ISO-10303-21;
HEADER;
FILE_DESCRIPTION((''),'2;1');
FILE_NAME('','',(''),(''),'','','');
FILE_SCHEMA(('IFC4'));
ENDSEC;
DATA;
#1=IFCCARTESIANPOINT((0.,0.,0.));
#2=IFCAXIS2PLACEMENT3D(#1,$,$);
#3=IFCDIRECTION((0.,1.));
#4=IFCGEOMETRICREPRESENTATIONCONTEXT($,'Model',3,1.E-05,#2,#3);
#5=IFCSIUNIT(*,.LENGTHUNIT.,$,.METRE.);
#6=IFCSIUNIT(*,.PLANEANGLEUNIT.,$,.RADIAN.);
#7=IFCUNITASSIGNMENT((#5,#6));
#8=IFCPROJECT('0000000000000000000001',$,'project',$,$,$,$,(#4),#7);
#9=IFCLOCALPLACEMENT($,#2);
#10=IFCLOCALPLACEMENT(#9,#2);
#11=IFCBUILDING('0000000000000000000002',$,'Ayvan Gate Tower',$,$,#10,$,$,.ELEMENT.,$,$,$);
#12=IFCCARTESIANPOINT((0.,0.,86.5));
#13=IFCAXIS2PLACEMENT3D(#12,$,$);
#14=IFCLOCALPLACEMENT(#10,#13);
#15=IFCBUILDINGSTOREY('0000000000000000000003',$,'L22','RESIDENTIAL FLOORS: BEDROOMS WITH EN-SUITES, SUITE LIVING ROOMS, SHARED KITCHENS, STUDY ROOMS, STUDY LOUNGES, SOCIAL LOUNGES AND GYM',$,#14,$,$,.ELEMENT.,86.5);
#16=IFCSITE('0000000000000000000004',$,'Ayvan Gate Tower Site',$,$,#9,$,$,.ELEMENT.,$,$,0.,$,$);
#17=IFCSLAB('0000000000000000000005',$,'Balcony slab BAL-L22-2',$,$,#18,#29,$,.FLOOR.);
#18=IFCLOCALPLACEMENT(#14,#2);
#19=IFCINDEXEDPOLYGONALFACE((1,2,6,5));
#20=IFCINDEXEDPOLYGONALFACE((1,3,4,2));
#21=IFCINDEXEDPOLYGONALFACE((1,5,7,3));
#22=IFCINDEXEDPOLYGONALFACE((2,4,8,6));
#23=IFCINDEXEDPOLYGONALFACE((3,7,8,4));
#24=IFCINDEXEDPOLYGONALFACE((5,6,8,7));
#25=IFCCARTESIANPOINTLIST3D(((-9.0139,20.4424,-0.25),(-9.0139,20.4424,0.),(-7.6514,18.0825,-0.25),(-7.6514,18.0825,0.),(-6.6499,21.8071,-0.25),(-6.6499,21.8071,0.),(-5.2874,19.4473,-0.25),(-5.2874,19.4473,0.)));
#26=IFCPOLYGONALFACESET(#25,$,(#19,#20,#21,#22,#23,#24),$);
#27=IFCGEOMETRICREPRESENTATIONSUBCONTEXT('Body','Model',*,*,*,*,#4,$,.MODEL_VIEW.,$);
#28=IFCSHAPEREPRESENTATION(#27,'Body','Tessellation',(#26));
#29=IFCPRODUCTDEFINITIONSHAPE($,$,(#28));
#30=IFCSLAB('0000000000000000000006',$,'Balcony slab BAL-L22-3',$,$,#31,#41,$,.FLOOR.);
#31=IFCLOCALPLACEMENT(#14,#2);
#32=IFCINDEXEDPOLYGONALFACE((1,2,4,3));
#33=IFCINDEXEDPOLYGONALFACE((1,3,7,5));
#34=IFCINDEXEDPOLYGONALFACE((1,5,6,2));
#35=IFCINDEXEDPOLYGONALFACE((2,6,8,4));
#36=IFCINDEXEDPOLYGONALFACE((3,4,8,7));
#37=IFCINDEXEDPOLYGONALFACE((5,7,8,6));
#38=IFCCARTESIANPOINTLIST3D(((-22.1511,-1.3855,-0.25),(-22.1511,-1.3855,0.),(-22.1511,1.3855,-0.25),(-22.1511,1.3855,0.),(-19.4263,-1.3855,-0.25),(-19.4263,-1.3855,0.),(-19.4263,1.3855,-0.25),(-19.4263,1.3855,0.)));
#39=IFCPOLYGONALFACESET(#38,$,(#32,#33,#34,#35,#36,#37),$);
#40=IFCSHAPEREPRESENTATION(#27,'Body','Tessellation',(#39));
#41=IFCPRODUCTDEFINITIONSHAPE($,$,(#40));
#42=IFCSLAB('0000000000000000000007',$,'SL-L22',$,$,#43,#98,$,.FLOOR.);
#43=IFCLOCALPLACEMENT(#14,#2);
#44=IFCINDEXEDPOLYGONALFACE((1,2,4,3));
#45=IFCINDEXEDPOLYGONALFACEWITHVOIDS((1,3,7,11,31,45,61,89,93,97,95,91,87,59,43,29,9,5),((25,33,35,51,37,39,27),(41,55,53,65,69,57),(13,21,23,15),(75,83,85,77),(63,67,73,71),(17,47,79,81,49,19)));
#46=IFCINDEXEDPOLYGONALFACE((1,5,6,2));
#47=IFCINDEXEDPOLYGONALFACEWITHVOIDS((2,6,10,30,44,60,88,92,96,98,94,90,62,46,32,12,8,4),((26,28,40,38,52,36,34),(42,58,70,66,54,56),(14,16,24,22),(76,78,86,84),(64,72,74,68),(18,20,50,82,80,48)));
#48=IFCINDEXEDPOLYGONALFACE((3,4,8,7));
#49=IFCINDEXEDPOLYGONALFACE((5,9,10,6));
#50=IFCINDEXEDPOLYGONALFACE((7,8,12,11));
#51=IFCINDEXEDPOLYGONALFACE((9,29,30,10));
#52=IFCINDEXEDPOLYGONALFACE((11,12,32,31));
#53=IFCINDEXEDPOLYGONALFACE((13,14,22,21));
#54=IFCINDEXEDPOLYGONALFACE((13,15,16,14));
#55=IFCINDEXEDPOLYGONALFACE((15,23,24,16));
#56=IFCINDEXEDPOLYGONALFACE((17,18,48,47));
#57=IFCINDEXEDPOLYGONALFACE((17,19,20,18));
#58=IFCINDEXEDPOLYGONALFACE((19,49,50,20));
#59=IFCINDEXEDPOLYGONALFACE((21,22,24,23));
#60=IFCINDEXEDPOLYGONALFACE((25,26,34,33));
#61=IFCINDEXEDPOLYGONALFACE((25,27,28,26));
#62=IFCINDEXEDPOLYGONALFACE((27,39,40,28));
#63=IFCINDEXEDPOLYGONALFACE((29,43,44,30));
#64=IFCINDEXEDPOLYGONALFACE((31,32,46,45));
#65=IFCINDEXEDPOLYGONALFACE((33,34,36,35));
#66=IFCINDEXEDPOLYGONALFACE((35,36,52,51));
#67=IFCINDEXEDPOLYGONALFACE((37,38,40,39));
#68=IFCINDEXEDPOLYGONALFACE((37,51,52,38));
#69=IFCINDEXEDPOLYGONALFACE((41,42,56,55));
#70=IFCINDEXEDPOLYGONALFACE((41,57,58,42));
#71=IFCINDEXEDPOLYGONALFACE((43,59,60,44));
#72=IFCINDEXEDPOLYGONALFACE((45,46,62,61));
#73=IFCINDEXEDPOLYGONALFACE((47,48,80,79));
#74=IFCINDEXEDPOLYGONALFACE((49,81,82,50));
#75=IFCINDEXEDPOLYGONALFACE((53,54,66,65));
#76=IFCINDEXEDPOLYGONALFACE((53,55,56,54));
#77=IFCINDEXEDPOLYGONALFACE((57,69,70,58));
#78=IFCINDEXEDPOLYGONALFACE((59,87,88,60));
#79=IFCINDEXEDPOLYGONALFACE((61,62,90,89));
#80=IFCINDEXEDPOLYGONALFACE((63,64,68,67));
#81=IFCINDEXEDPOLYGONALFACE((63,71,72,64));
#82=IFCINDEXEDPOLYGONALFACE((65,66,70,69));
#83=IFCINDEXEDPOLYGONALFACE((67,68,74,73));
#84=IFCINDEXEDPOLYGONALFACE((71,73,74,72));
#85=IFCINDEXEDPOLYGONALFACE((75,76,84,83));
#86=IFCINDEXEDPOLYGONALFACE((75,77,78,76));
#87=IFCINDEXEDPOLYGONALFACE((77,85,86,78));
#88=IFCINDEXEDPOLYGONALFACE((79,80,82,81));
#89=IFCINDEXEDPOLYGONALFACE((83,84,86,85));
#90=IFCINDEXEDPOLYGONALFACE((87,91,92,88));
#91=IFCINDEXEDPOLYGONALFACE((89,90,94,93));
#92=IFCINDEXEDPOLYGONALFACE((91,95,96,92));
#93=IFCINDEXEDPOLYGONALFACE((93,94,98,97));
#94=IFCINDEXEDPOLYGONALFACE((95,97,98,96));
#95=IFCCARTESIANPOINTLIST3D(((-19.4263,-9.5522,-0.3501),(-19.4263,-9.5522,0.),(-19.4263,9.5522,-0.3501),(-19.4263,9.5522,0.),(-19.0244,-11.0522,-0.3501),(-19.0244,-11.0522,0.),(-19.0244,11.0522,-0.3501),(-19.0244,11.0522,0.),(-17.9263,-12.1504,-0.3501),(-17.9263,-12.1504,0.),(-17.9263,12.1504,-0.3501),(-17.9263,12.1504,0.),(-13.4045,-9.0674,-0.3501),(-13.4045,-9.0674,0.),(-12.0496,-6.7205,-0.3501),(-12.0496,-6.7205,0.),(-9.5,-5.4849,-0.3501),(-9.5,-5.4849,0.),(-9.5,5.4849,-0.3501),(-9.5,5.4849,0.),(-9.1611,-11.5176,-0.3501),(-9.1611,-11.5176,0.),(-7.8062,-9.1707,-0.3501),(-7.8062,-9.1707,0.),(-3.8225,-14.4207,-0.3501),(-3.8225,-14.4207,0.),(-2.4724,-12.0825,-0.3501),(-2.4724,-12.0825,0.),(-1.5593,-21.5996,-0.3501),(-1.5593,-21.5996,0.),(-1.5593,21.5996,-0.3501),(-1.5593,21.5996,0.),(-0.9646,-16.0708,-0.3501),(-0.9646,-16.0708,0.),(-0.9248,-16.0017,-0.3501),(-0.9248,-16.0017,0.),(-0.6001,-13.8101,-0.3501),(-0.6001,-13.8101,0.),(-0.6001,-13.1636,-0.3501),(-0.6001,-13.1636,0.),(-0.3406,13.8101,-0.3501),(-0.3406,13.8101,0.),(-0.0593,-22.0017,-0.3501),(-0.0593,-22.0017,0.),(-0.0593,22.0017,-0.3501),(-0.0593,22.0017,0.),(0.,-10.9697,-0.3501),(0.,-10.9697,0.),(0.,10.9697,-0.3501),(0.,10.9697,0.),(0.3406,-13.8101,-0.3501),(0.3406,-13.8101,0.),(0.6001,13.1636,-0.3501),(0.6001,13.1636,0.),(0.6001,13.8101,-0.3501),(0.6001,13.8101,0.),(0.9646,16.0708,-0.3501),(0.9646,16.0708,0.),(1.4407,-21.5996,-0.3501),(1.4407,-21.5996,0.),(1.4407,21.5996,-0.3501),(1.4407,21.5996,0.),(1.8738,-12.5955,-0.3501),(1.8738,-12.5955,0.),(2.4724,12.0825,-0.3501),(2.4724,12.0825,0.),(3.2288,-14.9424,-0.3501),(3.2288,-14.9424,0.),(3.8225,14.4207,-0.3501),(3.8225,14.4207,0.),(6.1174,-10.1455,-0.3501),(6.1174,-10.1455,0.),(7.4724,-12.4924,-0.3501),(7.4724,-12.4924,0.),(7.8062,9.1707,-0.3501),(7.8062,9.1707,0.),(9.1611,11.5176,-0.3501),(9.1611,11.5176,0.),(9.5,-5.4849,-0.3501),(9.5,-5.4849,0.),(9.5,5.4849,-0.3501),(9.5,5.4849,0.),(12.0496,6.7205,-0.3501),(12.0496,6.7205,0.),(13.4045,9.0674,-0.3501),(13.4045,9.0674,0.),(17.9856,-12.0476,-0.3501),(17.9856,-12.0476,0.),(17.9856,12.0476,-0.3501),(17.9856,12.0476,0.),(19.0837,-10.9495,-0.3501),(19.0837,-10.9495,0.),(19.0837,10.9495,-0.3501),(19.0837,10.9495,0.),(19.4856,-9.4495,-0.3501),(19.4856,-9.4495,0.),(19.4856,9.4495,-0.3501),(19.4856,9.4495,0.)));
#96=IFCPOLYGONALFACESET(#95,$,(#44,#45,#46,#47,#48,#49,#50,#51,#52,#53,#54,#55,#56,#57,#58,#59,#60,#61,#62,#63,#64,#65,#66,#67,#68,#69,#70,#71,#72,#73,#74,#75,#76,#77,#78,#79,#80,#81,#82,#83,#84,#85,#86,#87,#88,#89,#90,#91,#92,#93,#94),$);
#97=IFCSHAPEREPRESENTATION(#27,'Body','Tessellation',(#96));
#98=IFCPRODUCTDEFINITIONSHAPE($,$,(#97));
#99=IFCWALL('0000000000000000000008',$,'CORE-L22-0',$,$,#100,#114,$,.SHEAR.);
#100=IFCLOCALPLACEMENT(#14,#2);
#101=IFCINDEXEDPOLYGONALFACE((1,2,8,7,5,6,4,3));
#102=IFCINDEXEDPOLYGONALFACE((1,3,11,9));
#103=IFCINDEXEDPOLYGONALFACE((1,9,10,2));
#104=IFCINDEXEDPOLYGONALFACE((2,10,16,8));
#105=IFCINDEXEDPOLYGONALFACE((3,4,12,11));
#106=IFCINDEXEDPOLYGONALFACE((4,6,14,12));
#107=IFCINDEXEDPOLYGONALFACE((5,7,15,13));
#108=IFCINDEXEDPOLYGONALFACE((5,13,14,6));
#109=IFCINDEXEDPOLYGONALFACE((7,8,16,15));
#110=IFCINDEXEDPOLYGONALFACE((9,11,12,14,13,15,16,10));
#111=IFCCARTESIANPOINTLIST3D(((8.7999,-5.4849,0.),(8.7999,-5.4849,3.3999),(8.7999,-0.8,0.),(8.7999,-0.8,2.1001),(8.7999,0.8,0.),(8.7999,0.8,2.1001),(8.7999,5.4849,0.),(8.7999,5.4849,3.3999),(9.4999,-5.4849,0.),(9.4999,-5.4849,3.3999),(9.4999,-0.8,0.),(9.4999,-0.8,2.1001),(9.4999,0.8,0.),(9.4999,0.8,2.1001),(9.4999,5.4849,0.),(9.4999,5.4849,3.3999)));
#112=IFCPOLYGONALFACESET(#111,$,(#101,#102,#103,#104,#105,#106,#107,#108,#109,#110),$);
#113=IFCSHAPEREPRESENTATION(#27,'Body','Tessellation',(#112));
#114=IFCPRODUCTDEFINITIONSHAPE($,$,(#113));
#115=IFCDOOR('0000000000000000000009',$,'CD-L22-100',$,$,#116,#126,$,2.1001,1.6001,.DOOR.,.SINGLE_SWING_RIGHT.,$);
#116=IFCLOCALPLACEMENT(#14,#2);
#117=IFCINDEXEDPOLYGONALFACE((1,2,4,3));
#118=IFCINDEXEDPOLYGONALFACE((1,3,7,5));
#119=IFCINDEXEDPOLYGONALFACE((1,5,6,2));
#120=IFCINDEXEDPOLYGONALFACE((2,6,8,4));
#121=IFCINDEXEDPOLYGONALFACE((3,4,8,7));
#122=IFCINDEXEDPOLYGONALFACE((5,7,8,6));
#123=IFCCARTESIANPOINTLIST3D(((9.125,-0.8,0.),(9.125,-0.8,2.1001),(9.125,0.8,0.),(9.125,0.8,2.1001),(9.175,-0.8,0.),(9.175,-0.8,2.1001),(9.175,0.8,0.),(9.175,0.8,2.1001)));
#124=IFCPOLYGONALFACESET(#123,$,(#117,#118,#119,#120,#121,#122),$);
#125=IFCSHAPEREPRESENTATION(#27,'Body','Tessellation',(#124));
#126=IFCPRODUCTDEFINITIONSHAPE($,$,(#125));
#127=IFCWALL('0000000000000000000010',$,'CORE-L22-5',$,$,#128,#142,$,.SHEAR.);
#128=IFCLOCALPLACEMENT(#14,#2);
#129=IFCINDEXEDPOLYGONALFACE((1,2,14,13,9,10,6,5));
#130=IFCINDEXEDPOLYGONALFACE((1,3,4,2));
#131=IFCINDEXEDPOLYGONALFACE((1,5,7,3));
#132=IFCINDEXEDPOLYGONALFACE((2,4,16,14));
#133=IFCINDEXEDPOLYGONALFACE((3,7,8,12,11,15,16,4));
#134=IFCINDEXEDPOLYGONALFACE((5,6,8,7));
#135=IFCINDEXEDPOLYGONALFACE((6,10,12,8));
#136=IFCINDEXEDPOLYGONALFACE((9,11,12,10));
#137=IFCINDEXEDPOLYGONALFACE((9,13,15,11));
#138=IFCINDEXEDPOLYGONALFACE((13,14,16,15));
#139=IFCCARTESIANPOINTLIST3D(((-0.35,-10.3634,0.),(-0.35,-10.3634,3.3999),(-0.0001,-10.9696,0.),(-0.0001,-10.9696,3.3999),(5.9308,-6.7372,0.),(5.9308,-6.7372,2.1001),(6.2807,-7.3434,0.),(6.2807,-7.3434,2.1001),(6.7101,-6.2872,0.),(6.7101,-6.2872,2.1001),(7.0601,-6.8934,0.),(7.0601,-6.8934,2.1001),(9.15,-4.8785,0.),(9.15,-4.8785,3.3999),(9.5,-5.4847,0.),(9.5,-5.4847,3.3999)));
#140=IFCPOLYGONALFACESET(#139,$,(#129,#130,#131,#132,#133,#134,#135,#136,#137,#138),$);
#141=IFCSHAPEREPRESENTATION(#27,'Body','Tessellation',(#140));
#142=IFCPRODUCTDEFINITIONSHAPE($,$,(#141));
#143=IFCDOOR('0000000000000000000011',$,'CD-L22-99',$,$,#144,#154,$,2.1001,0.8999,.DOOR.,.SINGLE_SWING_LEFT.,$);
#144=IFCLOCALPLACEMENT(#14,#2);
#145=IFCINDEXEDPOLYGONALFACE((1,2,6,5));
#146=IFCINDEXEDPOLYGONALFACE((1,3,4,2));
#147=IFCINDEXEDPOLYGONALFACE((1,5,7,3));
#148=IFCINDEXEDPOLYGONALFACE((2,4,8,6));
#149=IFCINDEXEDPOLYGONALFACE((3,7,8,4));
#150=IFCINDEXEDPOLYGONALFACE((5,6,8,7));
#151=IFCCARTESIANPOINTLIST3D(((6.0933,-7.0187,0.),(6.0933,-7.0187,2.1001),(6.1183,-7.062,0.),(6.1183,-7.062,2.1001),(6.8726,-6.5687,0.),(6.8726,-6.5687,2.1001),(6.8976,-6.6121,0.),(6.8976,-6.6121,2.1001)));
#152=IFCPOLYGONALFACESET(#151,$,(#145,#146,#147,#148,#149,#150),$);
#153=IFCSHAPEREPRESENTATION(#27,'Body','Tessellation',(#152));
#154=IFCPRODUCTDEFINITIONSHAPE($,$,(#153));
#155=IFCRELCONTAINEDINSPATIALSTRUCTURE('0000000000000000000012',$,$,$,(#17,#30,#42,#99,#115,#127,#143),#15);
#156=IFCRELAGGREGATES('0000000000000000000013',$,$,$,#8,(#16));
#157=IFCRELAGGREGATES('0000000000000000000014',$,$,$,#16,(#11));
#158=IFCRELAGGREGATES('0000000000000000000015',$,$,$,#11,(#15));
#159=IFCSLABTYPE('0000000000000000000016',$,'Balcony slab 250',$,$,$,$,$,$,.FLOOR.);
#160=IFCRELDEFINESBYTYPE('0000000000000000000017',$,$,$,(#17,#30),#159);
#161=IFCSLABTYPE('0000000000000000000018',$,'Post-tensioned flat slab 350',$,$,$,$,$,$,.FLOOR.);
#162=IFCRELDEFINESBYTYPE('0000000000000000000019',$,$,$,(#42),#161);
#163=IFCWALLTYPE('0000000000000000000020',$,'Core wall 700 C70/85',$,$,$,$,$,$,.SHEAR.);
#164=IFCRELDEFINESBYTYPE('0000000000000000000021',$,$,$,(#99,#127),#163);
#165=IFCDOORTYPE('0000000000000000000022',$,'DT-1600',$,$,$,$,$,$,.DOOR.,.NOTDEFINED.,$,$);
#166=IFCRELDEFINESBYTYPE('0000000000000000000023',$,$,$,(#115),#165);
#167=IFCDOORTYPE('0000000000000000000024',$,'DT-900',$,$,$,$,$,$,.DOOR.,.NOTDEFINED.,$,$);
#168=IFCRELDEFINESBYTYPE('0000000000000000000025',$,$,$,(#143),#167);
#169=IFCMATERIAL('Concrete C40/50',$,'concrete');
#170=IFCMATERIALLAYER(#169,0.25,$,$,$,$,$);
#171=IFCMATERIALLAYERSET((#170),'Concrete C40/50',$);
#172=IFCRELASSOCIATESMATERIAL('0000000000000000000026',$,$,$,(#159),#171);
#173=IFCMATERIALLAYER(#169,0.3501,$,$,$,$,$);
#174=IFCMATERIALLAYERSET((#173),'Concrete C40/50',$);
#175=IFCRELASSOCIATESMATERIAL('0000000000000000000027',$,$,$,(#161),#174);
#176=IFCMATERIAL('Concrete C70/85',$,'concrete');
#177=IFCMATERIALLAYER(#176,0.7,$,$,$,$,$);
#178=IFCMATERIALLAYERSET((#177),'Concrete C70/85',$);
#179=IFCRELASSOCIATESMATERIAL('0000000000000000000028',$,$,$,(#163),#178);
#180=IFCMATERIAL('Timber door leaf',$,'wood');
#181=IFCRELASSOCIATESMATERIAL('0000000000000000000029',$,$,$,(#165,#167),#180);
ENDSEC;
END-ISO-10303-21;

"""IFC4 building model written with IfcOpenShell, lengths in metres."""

from ifc_helpers import new_model, si_unit, direction, frame, frame_2d, origin, place, context, subcontext, project, spatial, polyline, rectangle, outline, extrude, material, layer, layer_set, type_object, element, fill, save


model = new_model("IFC4")

# Units and contexts
model_context = context("Model", 3, precision=1e-05, world=origin(), true_north=direction((0.0, 1.0)))
body_context = subcontext(model_context, "Body", "Model", "MODEL_VIEW")
ifc_project = project(units=[si_unit("LENGTHUNIT", "METRE"), si_unit("PLANEANGLEUNIT", "RADIAN")], contexts=[model_context])

# Site, building, storey
site_placement = place(None, origin())
site = spatial("IfcSite", under=ifc_project, at=site_placement, Name="Ayvan Gate Tower Site", CompositionType="ELEMENT", RefElevation=0.0)
building_placement = place(site_placement, origin())
building = spatial("IfcBuilding", under=site, at=building_placement, Name="Ayvan Gate Tower", CompositionType="ELEMENT")
storey_placement = place(building_placement, frame((0.0, 0.0, 86.5)))
storey = spatial("IfcBuildingStorey", under=building, at=storey_placement, Name="L22", Description="RESIDENTIAL FLOORS: BEDROOMS WITH EN-SUITES, SUITE LIVING ROOMS, SHARED KITCHENS, STUDY ROOMS, STUDY LOUNGES, SOCIAL LOUNGES AND GYM", CompositionType="ELEMENT", Elevation=86.5)

# Slabs
ifc_material_1 = material(Name="Concrete C40/50", Category="concrete")
ifc_layer_1 = layer(ifc_material_1, 0.25)
ifc_layer_set_1 = layer_set([ifc_layer_1], Name="Concrete C40/50")
slab_type_1 = type_object("IfcSlabType", Name="Balcony slab 250", PredefinedType="FLOOR", material=ifc_layer_set_1)
slab_1_placement = place(storey_placement, frame((0.0, 0.0, -0.25)))
element("IfcSlab", 1, at=slab_1_placement, inside=storey, type_object=slab_type_1, Name="Balcony slab BAL-L22-2", PredefinedType="FLOOR", context=body_context, shape_type="SweptSolid", body=[
    extrude(outline(polyline([(-5.2874, 19.4473), (-7.6514, 18.0825), (-9.0139, 20.4424), (-6.6499, 21.8071), (-5.2874, 19.4473)])), origin(), (0.0, 0.0, 1.0), 0.25),
])
slab_2_placement = place(storey_placement, frame((0.0, 0.0, -0.25)))
element("IfcSlab", 2, at=slab_2_placement, inside=storey, type_object=slab_type_1, Name="Balcony slab BAL-L22-3", PredefinedType="FLOOR", context=body_context, shape_type="SweptSolid", body=[
    extrude(outline(polyline([(-19.4263, 1.3855), (-19.4263, -1.3855), (-22.1511, -1.3855), (-22.1511, 1.3855), (-19.4263, 1.3855)])), origin(), (0.0, 0.0, 1.0), 0.25),
])
ifc_layer_2 = layer(ifc_material_1, 0.3501)
ifc_layer_set_2 = layer_set([ifc_layer_2], Name="Concrete C40/50")
slab_type_2 = type_object("IfcSlabType", Name="Post-tensioned flat slab 350", PredefinedType="FLOOR", material=ifc_layer_set_2)
slab_3_placement = place(storey_placement, frame((0.0, 0.0, -0.3501)))
element("IfcSlab", 3, at=slab_3_placement, inside=storey, type_object=slab_type_2, Name="SL-L22", PredefinedType="FLOOR", context=body_context, shape_type="SweptSolid", body=[
    extrude(outline(polyline([(1.4407, -21.5996), (-0.0593, -22.0017), (-1.5593, -21.5996), (-17.9263, -12.1504), (-19.0244, -11.0522), (-19.4263, -9.5522), (-19.4263, 9.5522), (-19.0244, 11.0522), (-17.9263, 12.1504), (-1.5593, 21.5996), (-0.0593, 22.0017), (1.4407, 21.5996), (17.9856, 12.0476), (19.0837, 10.9495), (19.4856, 9.4495), (19.4856, -9.4495), (19.0837, -10.9495), (17.9856, -12.0476), (1.4407, -21.5996)]), holes=[polyline([(12.0496, 6.7205), (13.4045, 9.0674), (9.1611, 11.5176), (7.8062, 9.1707), (12.0496, 6.7205)]), polyline([(9.5, 5.4849), (0.0, 10.9697), (-9.5, 5.4849), (-9.5, -5.4849), (0.0, -10.9697), (9.5, -5.4849), (9.5, 5.4849)]), polyline([(1.8738, -12.5955), (3.2288, -14.9424), (7.4724, -12.4924), (6.1174, -10.1455), (1.8738, -12.5955)]), polyline([(0.6001, 13.1636), (2.4724, 12.0825), (3.8225, 14.4207), (0.9646, 16.0708), (-0.3406, 13.8101), (0.6001, 13.8101), (0.6001, 13.1636)]), polyline([(-0.9248, -16.0017), (0.3406, -13.8101), (-0.6001, -13.8101), (-0.6001, -13.1636), (-2.4724, -12.0825), (-3.8225, -14.4207), (-0.9646, -16.0708), (-0.9248, -16.0017)]), polyline([(-9.1611, -11.5176), (-7.8062, -9.1707), (-12.0496, -6.7205), (-13.4045, -9.0674), (-9.1611, -11.5176)])]), origin(), (0.0, 0.0, 1.0), 0.3501),
])

# Walls, openings, doors
ifc_material_2 = material(Name="Concrete C70/85", Category="concrete")
ifc_layer_3 = layer(ifc_material_2, 0.7)
ifc_layer_set_3 = layer_set([ifc_layer_3], Name="Concrete C70/85")
wall_type_1 = type_object("IfcWallType", Name="Core wall 700 C70/85", PredefinedType="SHEAR", material=ifc_layer_set_3)
wall_1_placement = place(storey_placement, frame((9.1499, -5.4849, 0.0), z_axis=(0.0, 0.0, 1.0), x_axis=(0.0, 1.0, 0.0)))
wall_1 = element("IfcWall", 4, at=wall_1_placement, inside=storey, type_object=wall_type_1, Name="CORE-L22-0", PredefinedType="SHEAR", context=body_context, shape_type="SweptSolid", body=[
    extrude(rectangle(XDim=10.9697, YDim=0.7, at=frame_2d((5.4849, 0.0))), origin(), (0.0, 0.0, 1.0), 3.3999),
])
opening_1_placement = place(wall_1_placement, frame((4.6848, 0.0, 0.0)))
opening_1 = element("IfcOpeningElement", 5, at=opening_1_placement, cuts=wall_1, PredefinedType="OPENING", context=body_context, shape_type="SweptSolid", body=[
    extrude(rectangle(XDim=1.6001, YDim=2.1001, at=frame_2d((0.8, 1.05))), frame((0.0, 0.3599, 0.0), z_axis=(0.0, -1.0, 0.0), x_axis=(1.0, 0.0, 0.0)), (0.0, 0.0, 1.0), 0.72),
])
ifc_material_3 = material(Name="Timber door leaf", Category="wood")
door_type_1 = type_object("IfcDoorType", Name="DT-1600", OperationType="NOTDEFINED", PredefinedType="DOOR", material=ifc_material_3)
door_1_placement = place(opening_1_placement, origin())
door_1 = element("IfcDoor", 6, at=door_1_placement, inside=storey, type_object=door_type_1, Name="CD-L22-100", OperationType="SINGLE_SWING_RIGHT", OverallHeight=2.1001, OverallWidth=1.6001, PredefinedType="DOOR", context=body_context, shape_type="SweptSolid", body=[
    extrude(rectangle(XDim=1.6001, YDim=2.1001, at=frame_2d((0.8, 1.05))), frame((0.0, 0.0249, 0.0), z_axis=(0.0, -1.0, 0.0), x_axis=(1.0, 0.0, 0.0)), (0.0, 0.0, 1.0), 0.05),
])
fill(opening_1, door_1)
wall_2_placement = place(storey_placement, frame((-0.175, -10.6665, 0.0), z_axis=(0.0, 0.0, 1.0), x_axis=(0.866024, 0.500002, 0.0)))
wall_2 = element("IfcWall", 7, at=wall_2_placement, inside=storey, type_object=wall_type_1, Name="CORE-L22-5", PredefinedType="SHEAR", context=body_context, shape_type="SweptSolid", body=[
    extrude(rectangle(XDim=10.9697, YDim=0.7, at=frame_2d((5.4849, 0.0))), origin(), (0.0, 0.0, 1.0), 3.3999),
])
opening_2_placement = place(wall_2_placement, frame((7.2524, 0.0, 0.0)))
opening_2 = element("IfcOpeningElement", 8, at=opening_2_placement, cuts=wall_2, PredefinedType="OPENING", context=body_context, shape_type="SweptSolid", body=[
    extrude(rectangle(XDim=0.8999, YDim=2.1001, at=frame_2d((0.45, 1.05))), frame((0.0, 0.3599, 0.0), z_axis=(0.0, -1.0, 0.0), x_axis=(1.0, 0.0, 0.0)), (0.0, 0.0, 1.0), 0.72),
])
door_type_2 = type_object("IfcDoorType", Name="DT-900", OperationType="NOTDEFINED", PredefinedType="DOOR", material=ifc_material_3)
door_2_placement = place(opening_2_placement, origin())
door_2 = element("IfcDoor", 9, at=door_2_placement, inside=storey, type_object=door_type_2, Name="CD-L22-99", OperationType="SINGLE_SWING_LEFT", OverallHeight=2.1001, OverallWidth=0.8999, PredefinedType="DOOR", context=body_context, shape_type="SweptSolid", body=[
    extrude(rectangle(XDim=0.8999, YDim=2.1001, at=frame_2d((0.45, 1.05))), frame((0.0, 0.0249, 0.0), z_axis=(0.0, -1.0, 0.0), x_axis=(1.0, 0.0, 0.0)), (0.0, 0.0, 1.0), 0.05),
])
fill(opening_2, door_2)

save(model, "model.ifc")
